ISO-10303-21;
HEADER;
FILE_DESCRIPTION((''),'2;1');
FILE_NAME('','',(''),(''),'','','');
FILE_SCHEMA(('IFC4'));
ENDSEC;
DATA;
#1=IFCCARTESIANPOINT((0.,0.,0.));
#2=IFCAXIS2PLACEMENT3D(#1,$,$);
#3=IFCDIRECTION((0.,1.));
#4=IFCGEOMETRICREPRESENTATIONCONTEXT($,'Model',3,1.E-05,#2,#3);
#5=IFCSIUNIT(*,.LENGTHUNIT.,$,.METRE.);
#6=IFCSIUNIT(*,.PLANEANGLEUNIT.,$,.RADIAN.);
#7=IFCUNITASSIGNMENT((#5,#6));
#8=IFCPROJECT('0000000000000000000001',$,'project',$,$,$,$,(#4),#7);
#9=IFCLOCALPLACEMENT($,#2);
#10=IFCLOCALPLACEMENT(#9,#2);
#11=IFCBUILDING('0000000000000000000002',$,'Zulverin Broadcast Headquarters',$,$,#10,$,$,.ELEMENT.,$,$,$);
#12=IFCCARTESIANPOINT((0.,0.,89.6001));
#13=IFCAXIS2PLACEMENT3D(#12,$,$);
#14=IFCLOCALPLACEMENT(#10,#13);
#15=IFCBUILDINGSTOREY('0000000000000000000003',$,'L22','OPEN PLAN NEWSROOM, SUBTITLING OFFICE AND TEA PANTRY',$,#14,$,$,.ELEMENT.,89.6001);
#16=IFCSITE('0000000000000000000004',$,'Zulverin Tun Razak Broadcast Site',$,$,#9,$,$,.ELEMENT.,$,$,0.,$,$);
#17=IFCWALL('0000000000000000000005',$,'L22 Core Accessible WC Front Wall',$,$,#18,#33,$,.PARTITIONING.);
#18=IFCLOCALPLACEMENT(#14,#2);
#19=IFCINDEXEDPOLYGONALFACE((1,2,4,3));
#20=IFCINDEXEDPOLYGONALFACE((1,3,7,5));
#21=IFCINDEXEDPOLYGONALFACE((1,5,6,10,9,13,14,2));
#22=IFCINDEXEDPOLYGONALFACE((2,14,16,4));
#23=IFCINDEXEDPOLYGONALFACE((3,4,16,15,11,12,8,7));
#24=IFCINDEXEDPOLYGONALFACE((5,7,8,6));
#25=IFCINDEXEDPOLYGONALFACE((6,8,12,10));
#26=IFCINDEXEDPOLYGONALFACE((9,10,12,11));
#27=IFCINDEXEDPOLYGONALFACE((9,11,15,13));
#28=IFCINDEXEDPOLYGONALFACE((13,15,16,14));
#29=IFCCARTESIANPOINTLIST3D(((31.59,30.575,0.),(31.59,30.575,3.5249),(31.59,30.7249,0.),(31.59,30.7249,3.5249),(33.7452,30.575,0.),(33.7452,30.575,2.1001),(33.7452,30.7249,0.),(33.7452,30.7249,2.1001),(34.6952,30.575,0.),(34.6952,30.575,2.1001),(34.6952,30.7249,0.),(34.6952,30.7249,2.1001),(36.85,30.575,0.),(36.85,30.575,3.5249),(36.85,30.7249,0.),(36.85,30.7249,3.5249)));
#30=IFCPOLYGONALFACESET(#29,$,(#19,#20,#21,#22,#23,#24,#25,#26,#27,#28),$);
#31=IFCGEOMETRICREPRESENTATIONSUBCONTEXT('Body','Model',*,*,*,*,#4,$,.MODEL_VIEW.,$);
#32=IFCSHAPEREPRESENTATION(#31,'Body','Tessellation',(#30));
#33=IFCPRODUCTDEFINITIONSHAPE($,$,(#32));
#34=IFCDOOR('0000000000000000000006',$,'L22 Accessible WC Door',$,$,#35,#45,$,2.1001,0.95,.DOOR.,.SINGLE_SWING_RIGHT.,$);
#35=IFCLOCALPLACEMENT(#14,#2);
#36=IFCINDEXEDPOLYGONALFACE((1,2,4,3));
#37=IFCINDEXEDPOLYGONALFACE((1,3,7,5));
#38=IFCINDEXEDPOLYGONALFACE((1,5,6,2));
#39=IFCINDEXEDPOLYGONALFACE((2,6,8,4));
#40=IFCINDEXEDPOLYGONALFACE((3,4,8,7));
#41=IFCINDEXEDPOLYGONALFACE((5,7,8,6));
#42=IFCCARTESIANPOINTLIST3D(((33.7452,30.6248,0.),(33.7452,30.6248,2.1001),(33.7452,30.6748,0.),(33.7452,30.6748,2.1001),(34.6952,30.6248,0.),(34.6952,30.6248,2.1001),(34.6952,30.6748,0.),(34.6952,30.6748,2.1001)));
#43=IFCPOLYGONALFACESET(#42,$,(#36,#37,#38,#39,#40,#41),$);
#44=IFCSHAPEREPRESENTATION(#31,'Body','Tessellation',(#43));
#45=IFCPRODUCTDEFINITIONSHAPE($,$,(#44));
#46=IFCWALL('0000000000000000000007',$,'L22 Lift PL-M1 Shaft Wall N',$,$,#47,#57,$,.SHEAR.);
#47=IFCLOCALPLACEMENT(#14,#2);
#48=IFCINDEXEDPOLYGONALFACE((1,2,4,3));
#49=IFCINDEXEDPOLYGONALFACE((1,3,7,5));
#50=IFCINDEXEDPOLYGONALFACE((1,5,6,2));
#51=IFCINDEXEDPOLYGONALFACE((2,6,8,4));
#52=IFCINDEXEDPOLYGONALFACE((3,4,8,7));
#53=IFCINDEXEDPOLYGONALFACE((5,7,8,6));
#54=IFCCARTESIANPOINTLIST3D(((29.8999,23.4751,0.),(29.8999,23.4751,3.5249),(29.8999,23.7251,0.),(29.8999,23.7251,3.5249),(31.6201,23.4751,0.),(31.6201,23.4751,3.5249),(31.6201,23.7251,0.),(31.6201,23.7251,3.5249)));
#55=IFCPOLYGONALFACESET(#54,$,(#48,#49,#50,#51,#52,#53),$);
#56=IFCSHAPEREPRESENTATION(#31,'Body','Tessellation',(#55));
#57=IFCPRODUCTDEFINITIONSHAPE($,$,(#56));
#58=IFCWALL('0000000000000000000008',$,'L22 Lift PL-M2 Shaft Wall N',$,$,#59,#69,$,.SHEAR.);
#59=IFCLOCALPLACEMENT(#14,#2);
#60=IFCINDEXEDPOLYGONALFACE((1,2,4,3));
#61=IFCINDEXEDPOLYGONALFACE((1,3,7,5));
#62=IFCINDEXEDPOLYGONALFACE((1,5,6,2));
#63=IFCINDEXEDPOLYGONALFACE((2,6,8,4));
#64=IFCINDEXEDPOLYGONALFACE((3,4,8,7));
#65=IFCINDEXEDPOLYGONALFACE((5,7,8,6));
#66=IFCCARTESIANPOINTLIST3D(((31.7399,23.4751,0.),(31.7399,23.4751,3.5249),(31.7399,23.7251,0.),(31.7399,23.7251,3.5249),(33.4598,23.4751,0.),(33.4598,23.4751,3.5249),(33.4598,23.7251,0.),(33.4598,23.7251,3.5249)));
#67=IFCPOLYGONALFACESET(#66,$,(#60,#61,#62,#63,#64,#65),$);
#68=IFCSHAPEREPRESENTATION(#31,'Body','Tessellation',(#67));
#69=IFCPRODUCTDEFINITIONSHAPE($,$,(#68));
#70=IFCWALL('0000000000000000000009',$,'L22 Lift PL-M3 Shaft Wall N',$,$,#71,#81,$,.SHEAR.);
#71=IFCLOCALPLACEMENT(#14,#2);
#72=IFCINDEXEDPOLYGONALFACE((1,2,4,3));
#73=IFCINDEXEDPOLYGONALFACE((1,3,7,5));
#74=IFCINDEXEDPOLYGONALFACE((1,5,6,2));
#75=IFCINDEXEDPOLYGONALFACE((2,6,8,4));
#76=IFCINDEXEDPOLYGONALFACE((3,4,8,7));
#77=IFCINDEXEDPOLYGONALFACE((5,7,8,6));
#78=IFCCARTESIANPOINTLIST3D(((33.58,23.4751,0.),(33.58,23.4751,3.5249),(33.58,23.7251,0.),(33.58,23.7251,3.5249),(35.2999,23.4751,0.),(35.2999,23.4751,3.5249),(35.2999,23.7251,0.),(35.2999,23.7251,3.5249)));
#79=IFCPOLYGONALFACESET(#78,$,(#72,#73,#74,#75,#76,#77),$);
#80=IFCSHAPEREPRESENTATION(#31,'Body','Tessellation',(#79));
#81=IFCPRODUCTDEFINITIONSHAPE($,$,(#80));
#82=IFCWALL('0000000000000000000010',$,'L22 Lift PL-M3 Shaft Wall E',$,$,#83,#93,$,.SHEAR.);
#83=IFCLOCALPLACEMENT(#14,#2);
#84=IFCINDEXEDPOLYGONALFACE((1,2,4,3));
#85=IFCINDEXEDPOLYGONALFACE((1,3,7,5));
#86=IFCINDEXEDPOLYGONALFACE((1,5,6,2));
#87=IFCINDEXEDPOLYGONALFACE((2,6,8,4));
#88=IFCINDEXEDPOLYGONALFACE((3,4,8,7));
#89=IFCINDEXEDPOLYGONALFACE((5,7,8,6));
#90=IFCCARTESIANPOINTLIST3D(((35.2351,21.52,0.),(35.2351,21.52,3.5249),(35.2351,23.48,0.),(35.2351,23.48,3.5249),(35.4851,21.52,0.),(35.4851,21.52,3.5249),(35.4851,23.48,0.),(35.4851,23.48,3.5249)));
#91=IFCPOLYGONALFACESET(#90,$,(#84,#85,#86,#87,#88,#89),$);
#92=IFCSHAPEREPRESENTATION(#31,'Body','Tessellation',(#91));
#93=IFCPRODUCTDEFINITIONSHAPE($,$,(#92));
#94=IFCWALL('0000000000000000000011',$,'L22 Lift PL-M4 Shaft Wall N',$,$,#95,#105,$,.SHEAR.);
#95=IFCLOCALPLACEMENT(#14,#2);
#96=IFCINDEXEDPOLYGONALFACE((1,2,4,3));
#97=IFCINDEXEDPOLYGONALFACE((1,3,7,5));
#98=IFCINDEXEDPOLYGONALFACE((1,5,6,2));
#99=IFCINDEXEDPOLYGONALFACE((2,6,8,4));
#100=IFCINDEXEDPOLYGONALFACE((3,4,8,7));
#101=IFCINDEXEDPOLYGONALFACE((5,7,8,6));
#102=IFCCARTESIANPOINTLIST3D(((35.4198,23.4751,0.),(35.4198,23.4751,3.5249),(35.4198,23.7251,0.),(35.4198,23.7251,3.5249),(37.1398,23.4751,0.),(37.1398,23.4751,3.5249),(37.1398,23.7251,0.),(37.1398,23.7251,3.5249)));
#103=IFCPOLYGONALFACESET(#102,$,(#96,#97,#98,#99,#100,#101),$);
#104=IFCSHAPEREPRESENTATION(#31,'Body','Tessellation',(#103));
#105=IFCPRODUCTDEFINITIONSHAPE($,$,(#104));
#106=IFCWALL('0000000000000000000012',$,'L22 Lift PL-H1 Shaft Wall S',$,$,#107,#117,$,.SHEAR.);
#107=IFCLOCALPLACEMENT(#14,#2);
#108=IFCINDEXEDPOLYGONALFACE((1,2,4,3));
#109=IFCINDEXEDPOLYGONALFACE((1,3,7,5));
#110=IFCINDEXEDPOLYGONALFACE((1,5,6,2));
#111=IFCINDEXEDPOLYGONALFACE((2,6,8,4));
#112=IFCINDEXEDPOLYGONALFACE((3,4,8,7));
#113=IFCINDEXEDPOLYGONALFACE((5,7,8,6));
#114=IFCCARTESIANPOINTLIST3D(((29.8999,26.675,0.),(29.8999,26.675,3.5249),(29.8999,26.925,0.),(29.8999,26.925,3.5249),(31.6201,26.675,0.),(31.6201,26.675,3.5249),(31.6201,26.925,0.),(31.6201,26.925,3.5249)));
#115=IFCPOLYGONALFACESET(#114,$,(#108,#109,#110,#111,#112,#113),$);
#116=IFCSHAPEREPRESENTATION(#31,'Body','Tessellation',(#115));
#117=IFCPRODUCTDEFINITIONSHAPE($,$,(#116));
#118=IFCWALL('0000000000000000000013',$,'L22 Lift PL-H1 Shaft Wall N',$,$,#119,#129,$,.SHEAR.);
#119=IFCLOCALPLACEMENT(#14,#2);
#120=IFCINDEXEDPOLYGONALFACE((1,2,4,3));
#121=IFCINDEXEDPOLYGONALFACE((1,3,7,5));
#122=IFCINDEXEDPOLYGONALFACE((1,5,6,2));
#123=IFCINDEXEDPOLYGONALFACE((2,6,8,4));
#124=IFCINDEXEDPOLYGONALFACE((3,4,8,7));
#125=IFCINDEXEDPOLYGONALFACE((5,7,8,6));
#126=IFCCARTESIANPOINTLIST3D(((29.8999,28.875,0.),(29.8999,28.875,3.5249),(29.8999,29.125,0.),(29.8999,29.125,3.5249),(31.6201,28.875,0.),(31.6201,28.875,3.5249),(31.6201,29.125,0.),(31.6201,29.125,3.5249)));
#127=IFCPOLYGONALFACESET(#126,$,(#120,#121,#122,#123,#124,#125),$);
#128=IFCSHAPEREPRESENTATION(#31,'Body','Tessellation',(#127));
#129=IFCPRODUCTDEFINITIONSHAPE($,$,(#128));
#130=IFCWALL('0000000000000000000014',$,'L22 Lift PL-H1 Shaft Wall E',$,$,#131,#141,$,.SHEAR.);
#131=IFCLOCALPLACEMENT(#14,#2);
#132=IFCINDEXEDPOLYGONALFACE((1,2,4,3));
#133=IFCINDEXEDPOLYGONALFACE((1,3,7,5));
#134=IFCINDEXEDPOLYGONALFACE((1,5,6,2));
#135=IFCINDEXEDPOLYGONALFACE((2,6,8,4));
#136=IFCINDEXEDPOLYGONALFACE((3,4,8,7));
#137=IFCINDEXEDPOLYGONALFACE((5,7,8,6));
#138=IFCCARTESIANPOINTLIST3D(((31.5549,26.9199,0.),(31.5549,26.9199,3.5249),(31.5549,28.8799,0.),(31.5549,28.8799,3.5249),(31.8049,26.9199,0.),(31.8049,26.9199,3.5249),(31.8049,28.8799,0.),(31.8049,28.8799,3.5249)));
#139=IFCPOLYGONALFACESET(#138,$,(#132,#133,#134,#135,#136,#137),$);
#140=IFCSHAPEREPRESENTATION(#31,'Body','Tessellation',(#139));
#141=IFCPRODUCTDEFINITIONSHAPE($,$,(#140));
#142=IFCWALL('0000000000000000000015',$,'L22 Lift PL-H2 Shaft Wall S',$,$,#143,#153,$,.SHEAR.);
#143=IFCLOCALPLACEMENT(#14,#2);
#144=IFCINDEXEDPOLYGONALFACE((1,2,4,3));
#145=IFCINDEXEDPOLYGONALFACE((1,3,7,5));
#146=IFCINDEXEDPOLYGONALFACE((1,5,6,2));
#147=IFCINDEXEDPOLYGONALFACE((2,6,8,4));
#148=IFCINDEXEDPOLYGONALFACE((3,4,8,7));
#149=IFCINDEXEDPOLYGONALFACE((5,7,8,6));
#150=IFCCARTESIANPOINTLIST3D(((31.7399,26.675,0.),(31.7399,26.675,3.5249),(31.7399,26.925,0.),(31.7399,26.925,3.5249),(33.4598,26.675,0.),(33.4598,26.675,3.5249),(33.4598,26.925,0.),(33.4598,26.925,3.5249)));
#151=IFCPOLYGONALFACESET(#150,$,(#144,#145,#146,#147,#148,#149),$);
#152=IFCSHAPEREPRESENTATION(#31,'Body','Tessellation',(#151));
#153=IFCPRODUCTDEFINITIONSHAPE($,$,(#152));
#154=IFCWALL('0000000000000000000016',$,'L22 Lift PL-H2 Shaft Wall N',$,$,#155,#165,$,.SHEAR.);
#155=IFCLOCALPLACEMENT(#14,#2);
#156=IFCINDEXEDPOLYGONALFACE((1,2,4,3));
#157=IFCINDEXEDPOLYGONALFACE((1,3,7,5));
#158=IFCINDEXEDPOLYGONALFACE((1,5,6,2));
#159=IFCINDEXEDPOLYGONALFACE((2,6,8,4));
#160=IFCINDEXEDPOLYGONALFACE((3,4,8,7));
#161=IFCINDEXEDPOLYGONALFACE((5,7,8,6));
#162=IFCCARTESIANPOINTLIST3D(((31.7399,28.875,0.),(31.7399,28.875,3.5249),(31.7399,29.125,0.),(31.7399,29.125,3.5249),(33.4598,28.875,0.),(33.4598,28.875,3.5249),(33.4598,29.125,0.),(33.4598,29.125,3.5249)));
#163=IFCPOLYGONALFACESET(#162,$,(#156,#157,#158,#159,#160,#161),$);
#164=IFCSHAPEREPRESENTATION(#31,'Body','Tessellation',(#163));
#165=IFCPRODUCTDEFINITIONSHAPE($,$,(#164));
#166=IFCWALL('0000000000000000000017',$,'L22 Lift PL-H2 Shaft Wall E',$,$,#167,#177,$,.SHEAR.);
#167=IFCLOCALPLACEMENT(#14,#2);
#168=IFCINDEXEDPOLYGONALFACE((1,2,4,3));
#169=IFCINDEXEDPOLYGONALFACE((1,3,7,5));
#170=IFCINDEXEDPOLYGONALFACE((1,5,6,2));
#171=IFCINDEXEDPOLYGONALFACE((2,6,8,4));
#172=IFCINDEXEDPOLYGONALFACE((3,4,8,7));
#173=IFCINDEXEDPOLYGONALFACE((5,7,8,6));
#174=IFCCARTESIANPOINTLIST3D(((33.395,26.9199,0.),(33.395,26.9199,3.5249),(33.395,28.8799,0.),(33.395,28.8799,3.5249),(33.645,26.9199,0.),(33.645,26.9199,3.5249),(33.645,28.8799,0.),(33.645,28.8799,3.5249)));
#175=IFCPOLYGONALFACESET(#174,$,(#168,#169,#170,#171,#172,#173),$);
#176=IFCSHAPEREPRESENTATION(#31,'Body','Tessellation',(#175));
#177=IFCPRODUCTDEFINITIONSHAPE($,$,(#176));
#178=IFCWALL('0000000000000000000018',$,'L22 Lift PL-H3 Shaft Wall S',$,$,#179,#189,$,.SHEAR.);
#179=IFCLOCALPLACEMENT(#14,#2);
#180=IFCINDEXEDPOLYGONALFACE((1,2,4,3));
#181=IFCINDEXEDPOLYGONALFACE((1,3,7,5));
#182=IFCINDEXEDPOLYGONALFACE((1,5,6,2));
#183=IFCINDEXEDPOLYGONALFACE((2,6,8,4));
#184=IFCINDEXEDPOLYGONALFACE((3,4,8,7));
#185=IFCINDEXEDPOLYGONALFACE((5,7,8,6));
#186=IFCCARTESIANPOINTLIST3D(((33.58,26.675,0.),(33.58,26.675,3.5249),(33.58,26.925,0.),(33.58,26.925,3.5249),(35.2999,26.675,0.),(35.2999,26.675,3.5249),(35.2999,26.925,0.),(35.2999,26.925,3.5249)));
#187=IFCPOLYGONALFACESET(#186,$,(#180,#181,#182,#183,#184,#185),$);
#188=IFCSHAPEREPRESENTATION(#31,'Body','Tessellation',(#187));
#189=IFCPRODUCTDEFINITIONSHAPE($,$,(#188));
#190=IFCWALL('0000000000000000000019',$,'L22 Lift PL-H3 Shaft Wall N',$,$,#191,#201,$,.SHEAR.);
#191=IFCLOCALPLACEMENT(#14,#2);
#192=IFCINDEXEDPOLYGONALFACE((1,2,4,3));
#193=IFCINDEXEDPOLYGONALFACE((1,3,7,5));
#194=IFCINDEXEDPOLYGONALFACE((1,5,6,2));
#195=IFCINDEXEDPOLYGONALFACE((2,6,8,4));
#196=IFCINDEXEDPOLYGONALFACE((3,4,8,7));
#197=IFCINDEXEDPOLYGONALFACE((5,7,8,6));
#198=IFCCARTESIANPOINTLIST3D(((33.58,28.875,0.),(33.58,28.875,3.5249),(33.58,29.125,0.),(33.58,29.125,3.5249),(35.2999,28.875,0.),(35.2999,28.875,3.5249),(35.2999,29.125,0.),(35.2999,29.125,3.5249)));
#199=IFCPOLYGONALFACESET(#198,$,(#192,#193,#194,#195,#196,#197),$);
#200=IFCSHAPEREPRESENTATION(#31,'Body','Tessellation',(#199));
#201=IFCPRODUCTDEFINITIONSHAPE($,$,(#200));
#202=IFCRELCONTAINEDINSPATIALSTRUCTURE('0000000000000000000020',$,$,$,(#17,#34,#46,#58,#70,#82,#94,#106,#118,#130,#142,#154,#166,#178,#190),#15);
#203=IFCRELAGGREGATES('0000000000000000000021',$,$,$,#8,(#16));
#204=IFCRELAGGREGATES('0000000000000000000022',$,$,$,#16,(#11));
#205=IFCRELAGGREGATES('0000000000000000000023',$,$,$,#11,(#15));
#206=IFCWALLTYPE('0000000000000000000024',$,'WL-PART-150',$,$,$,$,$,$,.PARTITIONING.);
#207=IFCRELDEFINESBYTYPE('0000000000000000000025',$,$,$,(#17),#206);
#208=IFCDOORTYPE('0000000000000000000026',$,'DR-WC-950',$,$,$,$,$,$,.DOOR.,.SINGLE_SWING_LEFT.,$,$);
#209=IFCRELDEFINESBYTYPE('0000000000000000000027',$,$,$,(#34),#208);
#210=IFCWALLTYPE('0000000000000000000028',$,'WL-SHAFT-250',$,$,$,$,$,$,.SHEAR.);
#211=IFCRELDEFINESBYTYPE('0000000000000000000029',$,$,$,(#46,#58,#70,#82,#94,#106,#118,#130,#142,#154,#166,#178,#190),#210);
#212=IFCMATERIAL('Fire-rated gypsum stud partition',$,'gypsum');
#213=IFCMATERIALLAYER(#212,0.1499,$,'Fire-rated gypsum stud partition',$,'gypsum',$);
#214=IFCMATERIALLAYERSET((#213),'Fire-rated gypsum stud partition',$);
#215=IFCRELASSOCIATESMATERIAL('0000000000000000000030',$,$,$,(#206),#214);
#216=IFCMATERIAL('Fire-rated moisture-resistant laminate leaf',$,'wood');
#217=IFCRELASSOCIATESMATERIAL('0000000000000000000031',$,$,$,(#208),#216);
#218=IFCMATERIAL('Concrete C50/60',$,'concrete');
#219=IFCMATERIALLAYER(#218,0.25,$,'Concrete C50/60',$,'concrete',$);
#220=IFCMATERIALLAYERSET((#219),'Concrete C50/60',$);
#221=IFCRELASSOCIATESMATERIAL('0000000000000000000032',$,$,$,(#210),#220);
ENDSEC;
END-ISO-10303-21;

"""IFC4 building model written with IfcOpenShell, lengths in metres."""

from ifc_helpers import new_model, si_unit, direction, frame, frame_2d, origin, place, context, subcontext, project, spatial, rectangle, extrude, material, layer, layer_set, type_object, element, fill, save


model = new_model("IFC4")

# Units and contexts
model_context = context("Model", 3, precision=1e-05, world=origin(), true_north=direction((0.0, 1.0)))
body_context = subcontext(model_context, "Body", "Model", "MODEL_VIEW")
ifc_project = project(units=[si_unit("LENGTHUNIT", "METRE"), si_unit("PLANEANGLEUNIT", "RADIAN")], contexts=[model_context])

# Site, building, storey
site_placement = place(None, origin())
site = spatial("IfcSite", under=ifc_project, at=site_placement, Name="Zulverin Tun Razak Broadcast Site", CompositionType="ELEMENT", RefElevation=0.0)
building_placement = place(site_placement, origin())
building = spatial("IfcBuilding", under=site, at=building_placement, Name="Zulverin Broadcast Headquarters", CompositionType="ELEMENT")
storey_placement = place(building_placement, frame((0.0, 0.0, 89.6001)))
storey = spatial("IfcBuildingStorey", under=building, at=storey_placement, Name="L22", Description="OPEN PLAN NEWSROOM, SUBTITLING OFFICE AND TEA PANTRY", CompositionType="ELEMENT", Elevation=89.6001)

# Wall, opening, door
ifc_material_1 = material(Name="Fire-rated gypsum stud partition", Category="gypsum")
ifc_layer_1 = layer(ifc_material_1, 0.1499, Name="Fire-rated gypsum stud partition", Category="gypsum")
ifc_layer_set_1 = layer_set([ifc_layer_1], Name="Fire-rated gypsum stud partition")
wall_type_1 = type_object("IfcWallType", Name="WL-PART-150", PredefinedType="PARTITIONING", material=ifc_layer_set_1)
wall_1_placement = place(storey_placement, frame((31.5901, 30.6499, 0.0), z_axis=(0.0, 0.0, 1.0), x_axis=(1.0, 0.0, 0.0)))
wall_1 = element("IfcWall", 1, at=wall_1_placement, inside=storey, type_object=wall_type_1, Name="L22 Core Accessible WC Front Wall", PredefinedType="PARTITIONING", context=body_context, shape_type="SweptSolid", body=[
    extrude(rectangle(XDim=5.26, YDim=0.1499, at=frame_2d((2.6299, 0.0))), origin(), (0.0, 0.0, 1.0), 3.5249),
])
opening_placement = place(wall_1_placement, frame((2.155, 0.0, 0.0)))
opening = element("IfcOpeningElement", 2, at=opening_placement, cuts=wall_1, PredefinedType="OPENING", context=body_context, shape_type="SweptSolid", body=[
    extrude(rectangle(XDim=0.95, YDim=2.1001, at=frame_2d((0.4751, 1.05))), frame((0.0, 0.085, 0.0), z_axis=(0.0, -1.0, 0.0), x_axis=(1.0, 0.0, 0.0)), (0.0, 0.0, 1.0), 0.1699),
])
ifc_material_2 = material(Name="Fire-rated moisture-resistant laminate leaf", Category="wood")
door_type = type_object("IfcDoorType", Name="DR-WC-950", OperationType="SINGLE_SWING_LEFT", PredefinedType="DOOR", material=ifc_material_2)
door_placement = place(opening_placement, origin())
door = element("IfcDoor", 3, at=door_placement, inside=storey, type_object=door_type, Name="L22 Accessible WC Door", OperationType="SINGLE_SWING_RIGHT", OverallHeight=2.1001, OverallWidth=0.95, PredefinedType="DOOR", context=body_context, shape_type="SweptSolid", body=[
    extrude(rectangle(XDim=0.95, YDim=2.1001, at=frame_2d((0.4751, 1.05))), frame((0.0, 0.0249, 0.0), z_axis=(0.0, -1.0, 0.0), x_axis=(1.0, 0.0, 0.0)), (0.0, 0.0, 1.0), 0.05),
])
fill(opening, door)

# Walls
ifc_material_3 = material(Name="Concrete C50/60", Category="concrete")
ifc_layer_2 = layer(ifc_material_3, 0.25, Name="Concrete C50/60", Category="concrete")
ifc_layer_set_2 = layer_set([ifc_layer_2], Name="Concrete C50/60")
wall_type_2 = type_object("IfcWallType", Name="WL-SHAFT-250", PredefinedType="SHEAR", material=ifc_layer_set_2)
wall_2_placement = place(storey_placement, frame((29.8999, 23.6001, 0.0), z_axis=(0.0, 0.0, 1.0), x_axis=(1.0, 0.0, 0.0)))
element("IfcWall", 4, at=wall_2_placement, inside=storey, type_object=wall_type_2, Name="L22 Lift PL-M1 Shaft Wall N", PredefinedType="SHEAR", context=body_context, shape_type="SweptSolid", body=[
    extrude(rectangle(XDim=1.7202, YDim=0.25, at=frame_2d((0.8601, 0.0))), origin(), (0.0, 0.0, 1.0), 3.5249),
])
for number, where, z_axis, x_axis, name in (
    (5, (31.74, 23.6001, 0.0), (0.0, 0.0, 1.0), (1.0, 0.0, 0.0), "L22 Lift PL-M2 Shaft Wall N"),
    (6, (33.5801, 23.6001, 0.0), (0.0, 0.0, 1.0), (1.0, 0.0, 0.0), "L22 Lift PL-M3 Shaft Wall N"),
):
    element("IfcWall", number, at=place(storey_placement, frame(where, z_axis=z_axis, x_axis=x_axis)), inside=storey, type_object=wall_type_2, Name=name, PredefinedType="SHEAR", context=body_context, shape_type="SweptSolid", body=[
        extrude(rectangle(XDim=1.72, YDim=0.25, at=frame_2d((0.8599, 0.0))), origin(), (0.0, 0.0, 1.0), 3.5249),
    ])
wall_3_placement = place(storey_placement, frame((35.3601, 21.52, 0.0), z_axis=(0.0, 0.0, 1.0), x_axis=(0.0, 1.0, 0.0)))
element("IfcWall", 7, at=wall_3_placement, inside=storey, type_object=wall_type_2, Name="L22 Lift PL-M3 Shaft Wall E", PredefinedType="SHEAR", context=body_context, shape_type="SweptSolid", body=[
    extrude(rectangle(XDim=1.96, YDim=0.25, at=frame_2d((0.98, 0.0))), origin(), (0.0, 0.0, 1.0), 3.5249),
])
wall_4_placement = place(storey_placement, frame((35.4199, 23.6001, 0.0), z_axis=(0.0, 0.0, 1.0), x_axis=(1.0, 0.0, 0.0)))
element("IfcWall", 8, at=wall_4_placement, inside=storey, type_object=wall_type_2, Name="L22 Lift PL-M4 Shaft Wall N", PredefinedType="SHEAR", context=body_context, shape_type="SweptSolid", body=[
    extrude(rectangle(XDim=1.72, YDim=0.25, at=frame_2d((0.8599, 0.0))), origin(), (0.0, 0.0, 1.0), 3.5249),
])
for number, where, z_axis, x_axis, name in (
    (9, (29.8999, 26.8, 0.0), (0.0, 0.0, 1.0), (1.0, 0.0, 0.0), "L22 Lift PL-H1 Shaft Wall S"),
    (10, (29.8999, 29.0, 0.0), (0.0, 0.0, 1.0), (1.0, 0.0, 0.0), "L22 Lift PL-H1 Shaft Wall N"),
):
    element("IfcWall", number, at=place(storey_placement, frame(where, z_axis=z_axis, x_axis=x_axis)), inside=storey, type_object=wall_type_2, Name=name, PredefinedType="SHEAR", context=body_context, shape_type="SweptSolid", body=[
        extrude(rectangle(XDim=1.7202, YDim=0.25, at=frame_2d((0.8601, 0.0))), origin(), (0.0, 0.0, 1.0), 3.5249),
    ])
wall_5_placement = place(storey_placement, frame((31.6799, 26.9199, 0.0), z_axis=(0.0, 0.0, 1.0), x_axis=(0.0, 1.0, 0.0)))
element("IfcWall", 11, at=wall_5_placement, inside=storey, type_object=wall_type_2, Name="L22 Lift PL-H1 Shaft Wall E", PredefinedType="SHEAR", context=body_context, shape_type="SweptSolid", body=[
    extrude(rectangle(XDim=1.96, YDim=0.25, at=frame_2d((0.98, 0.0))), origin(), (0.0, 0.0, 1.0), 3.5249),
])
for number, where, z_axis, x_axis, name in (
    (12, (31.74, 26.8, 0.0), (0.0, 0.0, 1.0), (1.0, 0.0, 0.0), "L22 Lift PL-H2 Shaft Wall S"),
    (13, (31.74, 29.0, 0.0), (0.0, 0.0, 1.0), (1.0, 0.0, 0.0), "L22 Lift PL-H2 Shaft Wall N"),
):
    element("IfcWall", number, at=place(storey_placement, frame(where, z_axis=z_axis, x_axis=x_axis)), inside=storey, type_object=wall_type_2, Name=name, PredefinedType="SHEAR", context=body_context, shape_type="SweptSolid", body=[
        extrude(rectangle(XDim=1.72, YDim=0.25, at=frame_2d((0.8599, 0.0))), origin(), (0.0, 0.0, 1.0), 3.5249),
    ])
wall_6_placement = place(storey_placement, frame((33.52, 26.9199, 0.0), z_axis=(0.0, 0.0, 1.0), x_axis=(0.0, 1.0, 0.0)))
element("IfcWall", 14, at=wall_6_placement, inside=storey, type_object=wall_type_2, Name="L22 Lift PL-H2 Shaft Wall E", PredefinedType="SHEAR", context=body_context, shape_type="SweptSolid", body=[
    extrude(rectangle(XDim=1.96, YDim=0.25, at=frame_2d((0.98, 0.0))), origin(), (0.0, 0.0, 1.0), 3.5249),
])
for number, where, z_axis, x_axis, name in (
    (15, (33.5801, 26.8, 0.0), (0.0, 0.0, 1.0), (1.0, 0.0, 0.0), "L22 Lift PL-H3 Shaft Wall S"),
    (16, (33.5801, 29.0, 0.0), (0.0, 0.0, 1.0), (1.0, 0.0, 0.0), "L22 Lift PL-H3 Shaft Wall N"),
):
    element("IfcWall", number, at=place(storey_placement, frame(where, z_axis=z_axis, x_axis=x_axis)), inside=storey, type_object=wall_type_2, Name=name, PredefinedType="SHEAR", context=body_context, shape_type="SweptSolid", body=[
        extrude(rectangle(XDim=1.72, YDim=0.25, at=frame_2d((0.8599, 0.0))), origin(), (0.0, 0.0, 1.0), 3.5249),
    ])

save(model, "model.ifc")
